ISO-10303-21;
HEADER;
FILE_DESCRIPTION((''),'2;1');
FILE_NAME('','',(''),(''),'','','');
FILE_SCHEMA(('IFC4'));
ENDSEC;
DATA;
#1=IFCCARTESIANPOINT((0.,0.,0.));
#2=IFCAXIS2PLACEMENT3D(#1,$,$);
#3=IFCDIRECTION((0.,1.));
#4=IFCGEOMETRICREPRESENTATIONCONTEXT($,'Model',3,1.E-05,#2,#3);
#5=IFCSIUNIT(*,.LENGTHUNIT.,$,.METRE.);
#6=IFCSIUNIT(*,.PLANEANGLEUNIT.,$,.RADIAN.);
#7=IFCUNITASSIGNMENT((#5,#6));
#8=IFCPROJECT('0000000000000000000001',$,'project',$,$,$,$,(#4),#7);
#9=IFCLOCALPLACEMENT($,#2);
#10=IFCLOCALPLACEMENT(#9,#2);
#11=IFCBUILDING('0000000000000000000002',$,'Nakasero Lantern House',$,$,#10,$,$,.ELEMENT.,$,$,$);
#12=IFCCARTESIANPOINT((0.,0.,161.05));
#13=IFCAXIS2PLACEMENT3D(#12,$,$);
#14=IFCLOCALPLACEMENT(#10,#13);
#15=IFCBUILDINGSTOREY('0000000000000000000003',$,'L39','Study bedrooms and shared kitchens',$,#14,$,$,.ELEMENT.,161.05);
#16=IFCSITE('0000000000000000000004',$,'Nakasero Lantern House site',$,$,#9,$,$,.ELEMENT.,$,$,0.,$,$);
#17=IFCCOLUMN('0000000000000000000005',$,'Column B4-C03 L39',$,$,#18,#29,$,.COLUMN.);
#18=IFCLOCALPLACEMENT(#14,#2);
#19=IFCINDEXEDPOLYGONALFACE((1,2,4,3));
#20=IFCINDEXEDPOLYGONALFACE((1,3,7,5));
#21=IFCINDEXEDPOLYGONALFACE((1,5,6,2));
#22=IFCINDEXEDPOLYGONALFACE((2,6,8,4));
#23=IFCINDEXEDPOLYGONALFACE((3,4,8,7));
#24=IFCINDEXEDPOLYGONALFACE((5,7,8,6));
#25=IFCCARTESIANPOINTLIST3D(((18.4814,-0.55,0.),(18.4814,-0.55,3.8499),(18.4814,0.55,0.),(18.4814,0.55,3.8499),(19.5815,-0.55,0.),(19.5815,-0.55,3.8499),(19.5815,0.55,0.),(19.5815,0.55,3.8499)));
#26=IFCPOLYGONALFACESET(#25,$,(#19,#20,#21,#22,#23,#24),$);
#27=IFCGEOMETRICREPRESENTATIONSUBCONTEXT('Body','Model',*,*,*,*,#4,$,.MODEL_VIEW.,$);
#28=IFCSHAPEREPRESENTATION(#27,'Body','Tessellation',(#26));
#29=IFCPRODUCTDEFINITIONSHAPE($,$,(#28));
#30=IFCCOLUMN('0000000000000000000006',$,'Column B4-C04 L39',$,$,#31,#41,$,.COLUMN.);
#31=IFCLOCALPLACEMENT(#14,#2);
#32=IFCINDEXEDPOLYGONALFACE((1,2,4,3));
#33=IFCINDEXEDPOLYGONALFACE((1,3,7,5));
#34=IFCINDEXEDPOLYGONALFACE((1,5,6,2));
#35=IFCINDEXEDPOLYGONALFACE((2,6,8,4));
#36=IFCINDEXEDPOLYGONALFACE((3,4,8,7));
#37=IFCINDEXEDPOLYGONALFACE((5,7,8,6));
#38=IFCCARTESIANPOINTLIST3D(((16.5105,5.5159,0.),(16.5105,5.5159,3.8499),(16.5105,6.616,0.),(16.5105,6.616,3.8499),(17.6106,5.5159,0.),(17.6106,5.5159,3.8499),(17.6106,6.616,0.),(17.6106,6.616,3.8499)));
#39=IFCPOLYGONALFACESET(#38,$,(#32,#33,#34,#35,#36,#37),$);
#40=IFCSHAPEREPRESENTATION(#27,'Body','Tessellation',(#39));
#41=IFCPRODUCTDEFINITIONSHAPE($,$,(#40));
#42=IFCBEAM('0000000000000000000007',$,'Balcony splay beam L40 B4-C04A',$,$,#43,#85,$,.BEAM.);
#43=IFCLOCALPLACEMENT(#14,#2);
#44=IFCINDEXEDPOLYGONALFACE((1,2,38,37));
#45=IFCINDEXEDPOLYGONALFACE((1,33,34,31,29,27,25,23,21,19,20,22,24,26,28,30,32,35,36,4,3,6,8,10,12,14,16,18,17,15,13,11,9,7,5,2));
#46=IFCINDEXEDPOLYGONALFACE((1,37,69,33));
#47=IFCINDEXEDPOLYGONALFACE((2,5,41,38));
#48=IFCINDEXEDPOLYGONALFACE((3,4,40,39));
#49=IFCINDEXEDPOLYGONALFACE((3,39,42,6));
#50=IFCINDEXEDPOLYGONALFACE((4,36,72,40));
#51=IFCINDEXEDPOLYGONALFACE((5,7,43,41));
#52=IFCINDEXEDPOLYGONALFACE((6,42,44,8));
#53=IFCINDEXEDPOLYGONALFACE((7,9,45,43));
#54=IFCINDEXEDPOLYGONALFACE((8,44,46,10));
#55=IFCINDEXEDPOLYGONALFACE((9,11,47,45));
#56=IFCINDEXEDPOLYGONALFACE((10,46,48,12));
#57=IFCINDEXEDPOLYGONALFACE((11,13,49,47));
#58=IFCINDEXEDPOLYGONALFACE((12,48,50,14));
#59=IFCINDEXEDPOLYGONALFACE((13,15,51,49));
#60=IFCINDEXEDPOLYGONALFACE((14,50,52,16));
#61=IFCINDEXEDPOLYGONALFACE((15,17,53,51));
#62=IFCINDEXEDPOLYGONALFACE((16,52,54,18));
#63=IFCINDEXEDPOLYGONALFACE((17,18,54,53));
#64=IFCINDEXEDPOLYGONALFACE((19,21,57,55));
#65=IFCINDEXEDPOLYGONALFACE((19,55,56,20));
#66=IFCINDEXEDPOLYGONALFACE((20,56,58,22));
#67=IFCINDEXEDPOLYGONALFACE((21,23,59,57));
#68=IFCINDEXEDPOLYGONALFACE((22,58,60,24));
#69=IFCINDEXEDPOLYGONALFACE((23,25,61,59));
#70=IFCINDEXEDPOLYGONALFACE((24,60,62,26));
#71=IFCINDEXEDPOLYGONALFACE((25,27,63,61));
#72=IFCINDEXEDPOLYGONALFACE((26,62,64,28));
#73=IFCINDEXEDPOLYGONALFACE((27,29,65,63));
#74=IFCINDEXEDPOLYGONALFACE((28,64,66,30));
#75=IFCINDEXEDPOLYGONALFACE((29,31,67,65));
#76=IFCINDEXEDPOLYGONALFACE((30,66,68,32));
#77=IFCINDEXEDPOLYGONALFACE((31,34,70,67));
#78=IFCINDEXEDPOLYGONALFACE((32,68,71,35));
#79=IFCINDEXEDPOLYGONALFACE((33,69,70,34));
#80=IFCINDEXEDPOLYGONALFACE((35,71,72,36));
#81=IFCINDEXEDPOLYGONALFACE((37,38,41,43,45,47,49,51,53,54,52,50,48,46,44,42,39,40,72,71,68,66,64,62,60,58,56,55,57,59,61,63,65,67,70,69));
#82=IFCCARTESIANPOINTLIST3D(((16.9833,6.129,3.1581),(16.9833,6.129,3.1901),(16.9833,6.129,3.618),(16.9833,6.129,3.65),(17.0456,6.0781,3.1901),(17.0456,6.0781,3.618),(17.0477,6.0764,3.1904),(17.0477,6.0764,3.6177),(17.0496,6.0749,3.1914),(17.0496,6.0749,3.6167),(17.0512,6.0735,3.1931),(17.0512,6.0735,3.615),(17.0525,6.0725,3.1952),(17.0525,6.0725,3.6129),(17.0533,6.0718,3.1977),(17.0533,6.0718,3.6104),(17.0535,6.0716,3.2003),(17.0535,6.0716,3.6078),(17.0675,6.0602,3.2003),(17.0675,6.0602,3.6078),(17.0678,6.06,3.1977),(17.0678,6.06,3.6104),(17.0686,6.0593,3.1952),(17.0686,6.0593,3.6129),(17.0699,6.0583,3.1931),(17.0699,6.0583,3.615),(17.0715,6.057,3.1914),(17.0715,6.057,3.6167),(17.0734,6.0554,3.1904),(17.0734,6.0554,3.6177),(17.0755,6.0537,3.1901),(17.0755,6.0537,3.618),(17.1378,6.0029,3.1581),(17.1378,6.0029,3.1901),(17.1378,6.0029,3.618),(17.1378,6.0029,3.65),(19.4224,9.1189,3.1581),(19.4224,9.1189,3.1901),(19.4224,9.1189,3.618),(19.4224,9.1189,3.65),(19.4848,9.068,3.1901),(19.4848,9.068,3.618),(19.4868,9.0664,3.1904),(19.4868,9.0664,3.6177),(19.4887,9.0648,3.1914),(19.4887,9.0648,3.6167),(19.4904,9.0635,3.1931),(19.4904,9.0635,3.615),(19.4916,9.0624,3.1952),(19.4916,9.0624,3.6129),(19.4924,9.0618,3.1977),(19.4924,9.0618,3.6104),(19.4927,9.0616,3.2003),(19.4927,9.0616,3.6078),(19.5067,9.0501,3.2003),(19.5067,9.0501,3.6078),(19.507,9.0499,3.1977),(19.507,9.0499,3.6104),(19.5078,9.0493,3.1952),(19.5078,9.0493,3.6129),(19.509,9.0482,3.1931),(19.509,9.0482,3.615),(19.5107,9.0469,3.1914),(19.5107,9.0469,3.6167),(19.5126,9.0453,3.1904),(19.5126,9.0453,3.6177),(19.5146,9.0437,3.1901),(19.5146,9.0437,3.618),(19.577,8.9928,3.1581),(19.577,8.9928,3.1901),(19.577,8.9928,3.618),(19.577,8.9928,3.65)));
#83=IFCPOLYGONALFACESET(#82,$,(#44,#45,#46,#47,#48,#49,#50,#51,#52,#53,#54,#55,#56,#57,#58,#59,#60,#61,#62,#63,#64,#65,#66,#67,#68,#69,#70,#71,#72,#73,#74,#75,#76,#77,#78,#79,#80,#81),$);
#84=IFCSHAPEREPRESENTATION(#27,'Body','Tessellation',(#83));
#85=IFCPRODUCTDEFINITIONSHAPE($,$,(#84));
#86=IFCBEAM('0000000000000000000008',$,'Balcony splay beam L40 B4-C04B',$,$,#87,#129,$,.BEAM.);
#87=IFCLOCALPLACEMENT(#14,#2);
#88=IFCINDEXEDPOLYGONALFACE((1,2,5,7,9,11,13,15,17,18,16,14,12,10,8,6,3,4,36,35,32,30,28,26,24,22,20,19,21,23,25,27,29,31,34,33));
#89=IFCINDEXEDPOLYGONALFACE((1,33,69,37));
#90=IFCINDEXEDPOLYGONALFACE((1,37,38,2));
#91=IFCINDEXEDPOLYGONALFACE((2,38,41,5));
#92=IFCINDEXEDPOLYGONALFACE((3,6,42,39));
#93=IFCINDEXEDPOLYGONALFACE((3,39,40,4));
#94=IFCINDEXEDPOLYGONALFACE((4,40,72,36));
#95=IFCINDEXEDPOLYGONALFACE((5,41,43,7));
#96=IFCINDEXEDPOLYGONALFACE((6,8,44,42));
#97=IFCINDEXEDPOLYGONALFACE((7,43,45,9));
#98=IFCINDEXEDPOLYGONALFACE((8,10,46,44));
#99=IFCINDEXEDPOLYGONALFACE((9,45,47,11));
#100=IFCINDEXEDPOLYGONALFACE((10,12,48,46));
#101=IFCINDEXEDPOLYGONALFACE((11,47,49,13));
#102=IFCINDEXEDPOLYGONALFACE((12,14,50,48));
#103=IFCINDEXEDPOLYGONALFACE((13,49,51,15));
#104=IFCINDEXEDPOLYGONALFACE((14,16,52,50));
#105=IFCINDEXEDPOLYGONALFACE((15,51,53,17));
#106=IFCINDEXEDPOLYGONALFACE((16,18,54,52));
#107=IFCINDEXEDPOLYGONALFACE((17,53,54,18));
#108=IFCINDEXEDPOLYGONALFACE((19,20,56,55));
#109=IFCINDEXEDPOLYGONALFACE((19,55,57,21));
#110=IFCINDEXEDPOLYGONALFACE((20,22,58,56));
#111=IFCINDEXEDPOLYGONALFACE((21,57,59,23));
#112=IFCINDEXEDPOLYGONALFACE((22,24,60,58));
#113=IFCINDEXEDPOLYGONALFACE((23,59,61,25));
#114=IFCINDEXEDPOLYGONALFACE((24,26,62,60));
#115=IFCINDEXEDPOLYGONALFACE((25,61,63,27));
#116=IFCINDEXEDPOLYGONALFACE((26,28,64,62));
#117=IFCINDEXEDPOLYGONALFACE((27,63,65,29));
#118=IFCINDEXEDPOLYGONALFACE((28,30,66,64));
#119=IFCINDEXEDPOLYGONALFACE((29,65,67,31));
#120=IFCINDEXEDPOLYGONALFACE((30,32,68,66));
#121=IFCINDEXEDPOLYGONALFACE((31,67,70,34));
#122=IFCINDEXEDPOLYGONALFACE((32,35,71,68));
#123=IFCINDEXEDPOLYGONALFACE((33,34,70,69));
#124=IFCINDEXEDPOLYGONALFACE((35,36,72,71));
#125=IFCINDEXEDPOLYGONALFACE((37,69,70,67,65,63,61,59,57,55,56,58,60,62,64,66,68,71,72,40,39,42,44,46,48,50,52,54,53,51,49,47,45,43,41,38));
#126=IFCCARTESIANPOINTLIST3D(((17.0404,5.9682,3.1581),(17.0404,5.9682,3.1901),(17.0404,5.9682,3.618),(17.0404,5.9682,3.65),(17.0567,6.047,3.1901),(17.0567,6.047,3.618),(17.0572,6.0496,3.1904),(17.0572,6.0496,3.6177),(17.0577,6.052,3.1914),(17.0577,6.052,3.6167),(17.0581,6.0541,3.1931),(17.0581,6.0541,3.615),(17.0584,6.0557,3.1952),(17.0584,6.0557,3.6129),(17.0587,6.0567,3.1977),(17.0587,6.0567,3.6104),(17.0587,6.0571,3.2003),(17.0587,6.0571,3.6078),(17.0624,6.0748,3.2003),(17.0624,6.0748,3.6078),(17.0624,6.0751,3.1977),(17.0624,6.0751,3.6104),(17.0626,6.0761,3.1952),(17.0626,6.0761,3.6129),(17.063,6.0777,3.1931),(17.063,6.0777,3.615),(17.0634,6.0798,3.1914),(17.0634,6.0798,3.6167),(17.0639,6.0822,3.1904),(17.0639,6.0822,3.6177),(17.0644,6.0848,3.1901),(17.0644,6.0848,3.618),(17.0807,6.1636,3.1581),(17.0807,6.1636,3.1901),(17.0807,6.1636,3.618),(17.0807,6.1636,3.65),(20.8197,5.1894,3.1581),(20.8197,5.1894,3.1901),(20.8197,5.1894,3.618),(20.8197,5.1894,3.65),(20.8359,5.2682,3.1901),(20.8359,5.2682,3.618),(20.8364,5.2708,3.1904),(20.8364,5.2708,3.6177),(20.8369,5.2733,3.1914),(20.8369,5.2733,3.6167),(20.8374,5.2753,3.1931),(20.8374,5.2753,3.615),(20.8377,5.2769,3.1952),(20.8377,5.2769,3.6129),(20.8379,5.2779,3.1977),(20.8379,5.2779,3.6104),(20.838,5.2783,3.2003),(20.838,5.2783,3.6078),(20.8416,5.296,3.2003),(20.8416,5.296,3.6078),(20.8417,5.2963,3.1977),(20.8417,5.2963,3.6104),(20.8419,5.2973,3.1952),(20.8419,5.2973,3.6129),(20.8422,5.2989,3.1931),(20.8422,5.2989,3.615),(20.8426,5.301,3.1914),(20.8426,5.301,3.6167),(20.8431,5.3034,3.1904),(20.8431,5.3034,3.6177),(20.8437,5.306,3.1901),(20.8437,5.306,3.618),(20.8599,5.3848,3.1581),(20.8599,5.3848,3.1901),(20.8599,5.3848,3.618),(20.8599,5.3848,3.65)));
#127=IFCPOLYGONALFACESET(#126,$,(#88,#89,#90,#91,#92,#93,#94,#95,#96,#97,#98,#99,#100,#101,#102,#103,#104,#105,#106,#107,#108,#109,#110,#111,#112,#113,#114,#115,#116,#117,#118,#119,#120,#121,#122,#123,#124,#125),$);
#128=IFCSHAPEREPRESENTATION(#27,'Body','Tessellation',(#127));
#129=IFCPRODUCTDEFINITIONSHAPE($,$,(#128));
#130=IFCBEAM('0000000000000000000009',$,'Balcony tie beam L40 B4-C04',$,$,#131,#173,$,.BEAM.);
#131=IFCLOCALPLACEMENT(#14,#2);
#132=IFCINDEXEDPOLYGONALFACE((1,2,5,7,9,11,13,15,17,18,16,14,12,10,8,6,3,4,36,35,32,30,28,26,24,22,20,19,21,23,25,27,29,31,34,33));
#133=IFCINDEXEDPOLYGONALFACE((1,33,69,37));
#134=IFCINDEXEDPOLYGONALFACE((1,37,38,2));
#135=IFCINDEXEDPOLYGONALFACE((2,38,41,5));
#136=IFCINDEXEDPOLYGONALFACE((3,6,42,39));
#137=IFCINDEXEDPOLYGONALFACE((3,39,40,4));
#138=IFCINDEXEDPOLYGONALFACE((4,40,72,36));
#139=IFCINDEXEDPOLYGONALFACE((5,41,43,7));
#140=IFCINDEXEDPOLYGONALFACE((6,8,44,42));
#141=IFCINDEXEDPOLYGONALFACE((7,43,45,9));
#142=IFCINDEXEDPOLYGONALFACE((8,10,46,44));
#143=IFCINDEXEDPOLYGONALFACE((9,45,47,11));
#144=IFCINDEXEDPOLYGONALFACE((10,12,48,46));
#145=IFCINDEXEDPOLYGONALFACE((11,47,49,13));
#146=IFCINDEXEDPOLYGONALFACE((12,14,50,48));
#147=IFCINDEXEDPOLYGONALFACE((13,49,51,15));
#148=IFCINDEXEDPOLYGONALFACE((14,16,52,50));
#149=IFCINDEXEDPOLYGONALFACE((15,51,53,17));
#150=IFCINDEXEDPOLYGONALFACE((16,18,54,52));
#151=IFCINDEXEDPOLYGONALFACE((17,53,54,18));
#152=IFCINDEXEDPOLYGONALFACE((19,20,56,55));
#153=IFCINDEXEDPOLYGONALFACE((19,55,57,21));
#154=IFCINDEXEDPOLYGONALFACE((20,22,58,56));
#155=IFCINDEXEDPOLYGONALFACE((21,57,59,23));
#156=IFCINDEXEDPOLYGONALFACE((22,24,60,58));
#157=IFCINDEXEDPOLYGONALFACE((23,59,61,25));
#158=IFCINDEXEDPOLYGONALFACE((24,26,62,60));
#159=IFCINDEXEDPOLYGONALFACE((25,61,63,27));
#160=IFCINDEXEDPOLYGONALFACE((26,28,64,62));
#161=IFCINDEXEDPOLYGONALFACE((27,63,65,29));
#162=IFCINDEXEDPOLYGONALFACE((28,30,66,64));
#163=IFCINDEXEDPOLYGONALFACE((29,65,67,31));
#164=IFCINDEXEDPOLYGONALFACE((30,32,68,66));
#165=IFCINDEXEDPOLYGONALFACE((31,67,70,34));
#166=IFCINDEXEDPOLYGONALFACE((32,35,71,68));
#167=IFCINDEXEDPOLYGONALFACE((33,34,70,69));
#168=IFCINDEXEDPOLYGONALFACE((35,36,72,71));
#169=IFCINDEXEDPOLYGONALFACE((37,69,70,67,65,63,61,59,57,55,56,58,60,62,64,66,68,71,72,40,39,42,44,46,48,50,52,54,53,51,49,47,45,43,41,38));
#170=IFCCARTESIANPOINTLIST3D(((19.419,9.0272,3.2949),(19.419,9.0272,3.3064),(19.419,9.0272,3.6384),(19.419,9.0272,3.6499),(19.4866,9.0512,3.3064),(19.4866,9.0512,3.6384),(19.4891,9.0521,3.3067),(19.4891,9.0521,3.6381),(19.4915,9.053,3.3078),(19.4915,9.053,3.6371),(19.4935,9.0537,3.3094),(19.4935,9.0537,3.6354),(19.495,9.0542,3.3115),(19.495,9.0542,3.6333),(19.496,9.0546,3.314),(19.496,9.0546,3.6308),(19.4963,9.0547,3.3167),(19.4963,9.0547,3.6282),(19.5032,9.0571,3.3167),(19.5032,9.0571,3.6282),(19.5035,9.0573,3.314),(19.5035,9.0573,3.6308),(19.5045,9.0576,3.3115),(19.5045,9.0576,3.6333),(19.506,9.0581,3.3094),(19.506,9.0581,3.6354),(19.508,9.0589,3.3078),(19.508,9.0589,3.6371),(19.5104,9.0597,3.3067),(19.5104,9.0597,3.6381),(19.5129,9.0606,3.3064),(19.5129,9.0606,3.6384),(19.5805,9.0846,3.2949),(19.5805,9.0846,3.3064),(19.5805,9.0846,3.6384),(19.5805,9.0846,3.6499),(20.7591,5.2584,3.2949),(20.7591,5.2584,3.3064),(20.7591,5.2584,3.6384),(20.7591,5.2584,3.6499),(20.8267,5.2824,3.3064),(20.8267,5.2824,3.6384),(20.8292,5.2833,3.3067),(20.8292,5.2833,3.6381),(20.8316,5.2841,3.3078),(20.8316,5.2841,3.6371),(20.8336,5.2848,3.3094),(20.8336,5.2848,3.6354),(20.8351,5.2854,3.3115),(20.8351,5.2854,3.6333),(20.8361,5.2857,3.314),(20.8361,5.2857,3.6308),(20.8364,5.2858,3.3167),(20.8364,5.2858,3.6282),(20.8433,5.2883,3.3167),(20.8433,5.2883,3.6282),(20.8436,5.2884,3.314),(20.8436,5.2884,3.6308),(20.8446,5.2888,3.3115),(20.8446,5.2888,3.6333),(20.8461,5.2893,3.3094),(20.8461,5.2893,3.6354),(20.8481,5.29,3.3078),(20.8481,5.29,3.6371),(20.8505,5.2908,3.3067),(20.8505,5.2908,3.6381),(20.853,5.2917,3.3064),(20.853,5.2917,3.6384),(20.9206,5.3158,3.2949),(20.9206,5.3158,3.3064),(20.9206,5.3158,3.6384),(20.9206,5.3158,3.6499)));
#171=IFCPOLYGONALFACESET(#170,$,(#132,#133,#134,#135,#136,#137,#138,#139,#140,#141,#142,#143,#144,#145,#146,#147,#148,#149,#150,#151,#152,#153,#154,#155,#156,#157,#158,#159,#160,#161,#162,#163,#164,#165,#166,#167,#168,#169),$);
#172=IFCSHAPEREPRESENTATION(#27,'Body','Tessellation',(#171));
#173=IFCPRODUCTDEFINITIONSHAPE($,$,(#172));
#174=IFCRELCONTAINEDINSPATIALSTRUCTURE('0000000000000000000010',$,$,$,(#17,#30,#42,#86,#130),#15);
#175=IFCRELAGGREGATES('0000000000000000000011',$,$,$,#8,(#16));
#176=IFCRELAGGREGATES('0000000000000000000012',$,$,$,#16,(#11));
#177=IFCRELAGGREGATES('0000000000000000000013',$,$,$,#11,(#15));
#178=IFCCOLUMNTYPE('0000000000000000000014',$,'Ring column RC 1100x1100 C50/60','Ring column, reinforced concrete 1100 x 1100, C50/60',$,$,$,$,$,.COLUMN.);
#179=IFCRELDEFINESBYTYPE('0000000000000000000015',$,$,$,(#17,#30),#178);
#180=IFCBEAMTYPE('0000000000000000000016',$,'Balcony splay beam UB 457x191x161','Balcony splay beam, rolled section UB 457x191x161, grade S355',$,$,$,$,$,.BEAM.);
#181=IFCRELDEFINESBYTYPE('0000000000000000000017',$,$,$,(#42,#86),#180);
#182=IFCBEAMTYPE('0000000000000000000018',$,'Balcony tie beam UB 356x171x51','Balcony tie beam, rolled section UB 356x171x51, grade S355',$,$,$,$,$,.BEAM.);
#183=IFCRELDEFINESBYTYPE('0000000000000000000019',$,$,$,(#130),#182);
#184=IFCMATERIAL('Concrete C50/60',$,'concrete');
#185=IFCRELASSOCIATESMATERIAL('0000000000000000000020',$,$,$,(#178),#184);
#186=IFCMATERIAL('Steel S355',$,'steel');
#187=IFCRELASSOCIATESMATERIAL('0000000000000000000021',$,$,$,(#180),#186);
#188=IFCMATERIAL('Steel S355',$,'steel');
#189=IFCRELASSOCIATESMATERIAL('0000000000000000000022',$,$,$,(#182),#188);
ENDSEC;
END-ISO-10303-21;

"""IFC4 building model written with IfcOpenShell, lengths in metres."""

from ifc_helpers import new_model, si_unit, direction, frame, origin, origin_2d, place, context, subcontext, project, spatial, rectangle, i_section, extrude, material, material_profile, profile_set, type_object, element, save


model = new_model("IFC4")

# Units and contexts
model_context = context("Model", 3, precision=1e-05, world=origin(), true_north=direction((0.0, 1.0)))
body_context = subcontext(model_context, "Body", "Model", "MODEL_VIEW")
ifc_project = project(units=[si_unit("LENGTHUNIT", "METRE"), si_unit("PLANEANGLEUNIT", "RADIAN")], contexts=[model_context])

# Site, building, storey
site_placement = place(None, origin())
site = spatial("IfcSite", under=ifc_project, at=site_placement, Name="Nakasero Lantern House site", CompositionType="ELEMENT", RefElevation=0.0)
building_placement = place(site_placement, origin())
building = spatial("IfcBuilding", under=site, at=building_placement, Name="Nakasero Lantern House", CompositionType="ELEMENT")
storey_placement = place(building_placement, frame((0.0, 0.0, 161.05)))
storey = spatial("IfcBuildingStorey", under=building, at=storey_placement, Name="L39", Description="Study bedrooms and shared kitchens", CompositionType="ELEMENT", Elevation=161.05)

# Columns
ifc_material_1 = material(Name="Concrete C50/60", Category="concrete")
ifc_material_profile_1 = material_profile(ifc_material_1, rectangle(XDim=1.1001, YDim=1.1001, at=origin_2d()), Name="RC 1100x1100")
ifc_profile_set_1 = profile_set([ifc_material_profile_1], Name="Concrete C50/60")
column_type = type_object("IfcColumnType", Name="Ring column RC 1100x1100 C50/60", Description="Ring column, reinforced concrete 1100 x 1100, C50/60", PredefinedType="COLUMN", material=ifc_profile_set_1)
for number, where, z_axis, x_axis, name in (
    (1, (19.0315, 0.0, 0.0), (0.0, 0.0, 1.0), (1.0, 0.0, 0.0), "Column B4-C03 L39"),
    (2, (17.0605, 6.0659, 0.0), (0.0, 0.0, 1.0), (1.0, 0.0, 0.0), "Column B4-C04 L39"),
):
    element("IfcColumn", number, at=place(storey_placement, frame(where, z_axis=z_axis, x_axis=x_axis)), inside=storey, type_object=column_type, Name=name, PredefinedType="COLUMN", context=body_context, shape_type="SweptSolid", body=[
        extrude(rectangle(XDim=1.1001, YDim=1.1001, at=origin_2d()), origin(), (0.0, 0.0, 1.0), 3.8499),
    ])

# Beams
ifc_material_2 = material(Name="Steel S355", Category="steel")
ifc_material_profile_2 = material_profile(ifc_material_2, i_section(OverallWidth=0.1995, OverallDepth=0.4919, WebThickness=0.0181, FlangeThickness=0.032, FilletRadius=0.0103, at=origin_2d()), Name="UB 457x191x161")
ifc_profile_set_2 = profile_set([ifc_material_profile_2], Name="Steel S355")
beam_type_1 = type_object("IfcBeamType", Name="Balcony splay beam UB 457x191x161", Description="Balcony splay beam, rolled section UB 457x191x161, grade S355", PredefinedType="BEAM", material=ifc_profile_set_2)
for number, where, z_axis, x_axis, name in (
    (3, (17.0605, 6.0659, 3.4041), (0.632128, 0.774864, 0.0), (-0.774864, 0.632128, 0.0), "Balcony splay beam L40 B4-C04A"),
    (4, (17.0605, 6.0659, 3.4041), (0.97942, -0.201831, 0.0), (0.201831, 0.97942, 0.0), "Balcony splay beam L40 B4-C04B"),
):
    element("IfcBeam", number, at=place(storey_placement, frame(where, z_axis=z_axis, x_axis=x_axis)), inside=storey, type_object=beam_type_1, Name=name, PredefinedType="BEAM", context=body_context, shape_type="SweptSolid", body=[
        extrude(i_section(OverallWidth=0.1995, OverallDepth=0.4919, WebThickness=0.0181, FlangeThickness=0.032, FilletRadius=0.0103, at=origin_2d()), origin(), (0.0, 0.0, 1.0), 3.8586),
    ])
ifc_material_3 = material(Name="Steel S355", Category="steel")
ifc_material_profile_3 = material_profile(ifc_material_3, i_section(OverallWidth=0.1714, OverallDepth=0.355, WebThickness=0.0073, FlangeThickness=0.0115, FilletRadius=0.0103, at=origin_2d()), Name="UB 356x171x51")
ifc_profile_set_3 = profile_set([ifc_material_profile_3], Name="Steel S355")
beam_type_2 = type_object("IfcBeamType", Name="Balcony tie beam UB 356x171x51", Description="Balcony tie beam, rolled section UB 356x171x51, grade S355", PredefinedType="BEAM", material=ifc_profile_set_3)
beam_1_placement = place(storey_placement, frame((19.4998, 9.0559, 3.4724), z_axis=(0.335025, -0.942209, 0.0), x_axis=(0.942209, 0.335025, 0.0)))
element("IfcBeam", 5, at=beam_1_placement, inside=storey, type_object=beam_type_2, Name="Balcony tie beam L40 B4-C04", PredefinedType="BEAM", context=body_context, shape_type="SweptSolid", body=[
    extrude(i_section(OverallWidth=0.1714, OverallDepth=0.355, WebThickness=0.0073, FlangeThickness=0.0115, FilletRadius=0.0103, at=origin_2d()), origin(), (0.0, 0.0, 1.0), 4.0),
])

save(model, "model.ifc")
